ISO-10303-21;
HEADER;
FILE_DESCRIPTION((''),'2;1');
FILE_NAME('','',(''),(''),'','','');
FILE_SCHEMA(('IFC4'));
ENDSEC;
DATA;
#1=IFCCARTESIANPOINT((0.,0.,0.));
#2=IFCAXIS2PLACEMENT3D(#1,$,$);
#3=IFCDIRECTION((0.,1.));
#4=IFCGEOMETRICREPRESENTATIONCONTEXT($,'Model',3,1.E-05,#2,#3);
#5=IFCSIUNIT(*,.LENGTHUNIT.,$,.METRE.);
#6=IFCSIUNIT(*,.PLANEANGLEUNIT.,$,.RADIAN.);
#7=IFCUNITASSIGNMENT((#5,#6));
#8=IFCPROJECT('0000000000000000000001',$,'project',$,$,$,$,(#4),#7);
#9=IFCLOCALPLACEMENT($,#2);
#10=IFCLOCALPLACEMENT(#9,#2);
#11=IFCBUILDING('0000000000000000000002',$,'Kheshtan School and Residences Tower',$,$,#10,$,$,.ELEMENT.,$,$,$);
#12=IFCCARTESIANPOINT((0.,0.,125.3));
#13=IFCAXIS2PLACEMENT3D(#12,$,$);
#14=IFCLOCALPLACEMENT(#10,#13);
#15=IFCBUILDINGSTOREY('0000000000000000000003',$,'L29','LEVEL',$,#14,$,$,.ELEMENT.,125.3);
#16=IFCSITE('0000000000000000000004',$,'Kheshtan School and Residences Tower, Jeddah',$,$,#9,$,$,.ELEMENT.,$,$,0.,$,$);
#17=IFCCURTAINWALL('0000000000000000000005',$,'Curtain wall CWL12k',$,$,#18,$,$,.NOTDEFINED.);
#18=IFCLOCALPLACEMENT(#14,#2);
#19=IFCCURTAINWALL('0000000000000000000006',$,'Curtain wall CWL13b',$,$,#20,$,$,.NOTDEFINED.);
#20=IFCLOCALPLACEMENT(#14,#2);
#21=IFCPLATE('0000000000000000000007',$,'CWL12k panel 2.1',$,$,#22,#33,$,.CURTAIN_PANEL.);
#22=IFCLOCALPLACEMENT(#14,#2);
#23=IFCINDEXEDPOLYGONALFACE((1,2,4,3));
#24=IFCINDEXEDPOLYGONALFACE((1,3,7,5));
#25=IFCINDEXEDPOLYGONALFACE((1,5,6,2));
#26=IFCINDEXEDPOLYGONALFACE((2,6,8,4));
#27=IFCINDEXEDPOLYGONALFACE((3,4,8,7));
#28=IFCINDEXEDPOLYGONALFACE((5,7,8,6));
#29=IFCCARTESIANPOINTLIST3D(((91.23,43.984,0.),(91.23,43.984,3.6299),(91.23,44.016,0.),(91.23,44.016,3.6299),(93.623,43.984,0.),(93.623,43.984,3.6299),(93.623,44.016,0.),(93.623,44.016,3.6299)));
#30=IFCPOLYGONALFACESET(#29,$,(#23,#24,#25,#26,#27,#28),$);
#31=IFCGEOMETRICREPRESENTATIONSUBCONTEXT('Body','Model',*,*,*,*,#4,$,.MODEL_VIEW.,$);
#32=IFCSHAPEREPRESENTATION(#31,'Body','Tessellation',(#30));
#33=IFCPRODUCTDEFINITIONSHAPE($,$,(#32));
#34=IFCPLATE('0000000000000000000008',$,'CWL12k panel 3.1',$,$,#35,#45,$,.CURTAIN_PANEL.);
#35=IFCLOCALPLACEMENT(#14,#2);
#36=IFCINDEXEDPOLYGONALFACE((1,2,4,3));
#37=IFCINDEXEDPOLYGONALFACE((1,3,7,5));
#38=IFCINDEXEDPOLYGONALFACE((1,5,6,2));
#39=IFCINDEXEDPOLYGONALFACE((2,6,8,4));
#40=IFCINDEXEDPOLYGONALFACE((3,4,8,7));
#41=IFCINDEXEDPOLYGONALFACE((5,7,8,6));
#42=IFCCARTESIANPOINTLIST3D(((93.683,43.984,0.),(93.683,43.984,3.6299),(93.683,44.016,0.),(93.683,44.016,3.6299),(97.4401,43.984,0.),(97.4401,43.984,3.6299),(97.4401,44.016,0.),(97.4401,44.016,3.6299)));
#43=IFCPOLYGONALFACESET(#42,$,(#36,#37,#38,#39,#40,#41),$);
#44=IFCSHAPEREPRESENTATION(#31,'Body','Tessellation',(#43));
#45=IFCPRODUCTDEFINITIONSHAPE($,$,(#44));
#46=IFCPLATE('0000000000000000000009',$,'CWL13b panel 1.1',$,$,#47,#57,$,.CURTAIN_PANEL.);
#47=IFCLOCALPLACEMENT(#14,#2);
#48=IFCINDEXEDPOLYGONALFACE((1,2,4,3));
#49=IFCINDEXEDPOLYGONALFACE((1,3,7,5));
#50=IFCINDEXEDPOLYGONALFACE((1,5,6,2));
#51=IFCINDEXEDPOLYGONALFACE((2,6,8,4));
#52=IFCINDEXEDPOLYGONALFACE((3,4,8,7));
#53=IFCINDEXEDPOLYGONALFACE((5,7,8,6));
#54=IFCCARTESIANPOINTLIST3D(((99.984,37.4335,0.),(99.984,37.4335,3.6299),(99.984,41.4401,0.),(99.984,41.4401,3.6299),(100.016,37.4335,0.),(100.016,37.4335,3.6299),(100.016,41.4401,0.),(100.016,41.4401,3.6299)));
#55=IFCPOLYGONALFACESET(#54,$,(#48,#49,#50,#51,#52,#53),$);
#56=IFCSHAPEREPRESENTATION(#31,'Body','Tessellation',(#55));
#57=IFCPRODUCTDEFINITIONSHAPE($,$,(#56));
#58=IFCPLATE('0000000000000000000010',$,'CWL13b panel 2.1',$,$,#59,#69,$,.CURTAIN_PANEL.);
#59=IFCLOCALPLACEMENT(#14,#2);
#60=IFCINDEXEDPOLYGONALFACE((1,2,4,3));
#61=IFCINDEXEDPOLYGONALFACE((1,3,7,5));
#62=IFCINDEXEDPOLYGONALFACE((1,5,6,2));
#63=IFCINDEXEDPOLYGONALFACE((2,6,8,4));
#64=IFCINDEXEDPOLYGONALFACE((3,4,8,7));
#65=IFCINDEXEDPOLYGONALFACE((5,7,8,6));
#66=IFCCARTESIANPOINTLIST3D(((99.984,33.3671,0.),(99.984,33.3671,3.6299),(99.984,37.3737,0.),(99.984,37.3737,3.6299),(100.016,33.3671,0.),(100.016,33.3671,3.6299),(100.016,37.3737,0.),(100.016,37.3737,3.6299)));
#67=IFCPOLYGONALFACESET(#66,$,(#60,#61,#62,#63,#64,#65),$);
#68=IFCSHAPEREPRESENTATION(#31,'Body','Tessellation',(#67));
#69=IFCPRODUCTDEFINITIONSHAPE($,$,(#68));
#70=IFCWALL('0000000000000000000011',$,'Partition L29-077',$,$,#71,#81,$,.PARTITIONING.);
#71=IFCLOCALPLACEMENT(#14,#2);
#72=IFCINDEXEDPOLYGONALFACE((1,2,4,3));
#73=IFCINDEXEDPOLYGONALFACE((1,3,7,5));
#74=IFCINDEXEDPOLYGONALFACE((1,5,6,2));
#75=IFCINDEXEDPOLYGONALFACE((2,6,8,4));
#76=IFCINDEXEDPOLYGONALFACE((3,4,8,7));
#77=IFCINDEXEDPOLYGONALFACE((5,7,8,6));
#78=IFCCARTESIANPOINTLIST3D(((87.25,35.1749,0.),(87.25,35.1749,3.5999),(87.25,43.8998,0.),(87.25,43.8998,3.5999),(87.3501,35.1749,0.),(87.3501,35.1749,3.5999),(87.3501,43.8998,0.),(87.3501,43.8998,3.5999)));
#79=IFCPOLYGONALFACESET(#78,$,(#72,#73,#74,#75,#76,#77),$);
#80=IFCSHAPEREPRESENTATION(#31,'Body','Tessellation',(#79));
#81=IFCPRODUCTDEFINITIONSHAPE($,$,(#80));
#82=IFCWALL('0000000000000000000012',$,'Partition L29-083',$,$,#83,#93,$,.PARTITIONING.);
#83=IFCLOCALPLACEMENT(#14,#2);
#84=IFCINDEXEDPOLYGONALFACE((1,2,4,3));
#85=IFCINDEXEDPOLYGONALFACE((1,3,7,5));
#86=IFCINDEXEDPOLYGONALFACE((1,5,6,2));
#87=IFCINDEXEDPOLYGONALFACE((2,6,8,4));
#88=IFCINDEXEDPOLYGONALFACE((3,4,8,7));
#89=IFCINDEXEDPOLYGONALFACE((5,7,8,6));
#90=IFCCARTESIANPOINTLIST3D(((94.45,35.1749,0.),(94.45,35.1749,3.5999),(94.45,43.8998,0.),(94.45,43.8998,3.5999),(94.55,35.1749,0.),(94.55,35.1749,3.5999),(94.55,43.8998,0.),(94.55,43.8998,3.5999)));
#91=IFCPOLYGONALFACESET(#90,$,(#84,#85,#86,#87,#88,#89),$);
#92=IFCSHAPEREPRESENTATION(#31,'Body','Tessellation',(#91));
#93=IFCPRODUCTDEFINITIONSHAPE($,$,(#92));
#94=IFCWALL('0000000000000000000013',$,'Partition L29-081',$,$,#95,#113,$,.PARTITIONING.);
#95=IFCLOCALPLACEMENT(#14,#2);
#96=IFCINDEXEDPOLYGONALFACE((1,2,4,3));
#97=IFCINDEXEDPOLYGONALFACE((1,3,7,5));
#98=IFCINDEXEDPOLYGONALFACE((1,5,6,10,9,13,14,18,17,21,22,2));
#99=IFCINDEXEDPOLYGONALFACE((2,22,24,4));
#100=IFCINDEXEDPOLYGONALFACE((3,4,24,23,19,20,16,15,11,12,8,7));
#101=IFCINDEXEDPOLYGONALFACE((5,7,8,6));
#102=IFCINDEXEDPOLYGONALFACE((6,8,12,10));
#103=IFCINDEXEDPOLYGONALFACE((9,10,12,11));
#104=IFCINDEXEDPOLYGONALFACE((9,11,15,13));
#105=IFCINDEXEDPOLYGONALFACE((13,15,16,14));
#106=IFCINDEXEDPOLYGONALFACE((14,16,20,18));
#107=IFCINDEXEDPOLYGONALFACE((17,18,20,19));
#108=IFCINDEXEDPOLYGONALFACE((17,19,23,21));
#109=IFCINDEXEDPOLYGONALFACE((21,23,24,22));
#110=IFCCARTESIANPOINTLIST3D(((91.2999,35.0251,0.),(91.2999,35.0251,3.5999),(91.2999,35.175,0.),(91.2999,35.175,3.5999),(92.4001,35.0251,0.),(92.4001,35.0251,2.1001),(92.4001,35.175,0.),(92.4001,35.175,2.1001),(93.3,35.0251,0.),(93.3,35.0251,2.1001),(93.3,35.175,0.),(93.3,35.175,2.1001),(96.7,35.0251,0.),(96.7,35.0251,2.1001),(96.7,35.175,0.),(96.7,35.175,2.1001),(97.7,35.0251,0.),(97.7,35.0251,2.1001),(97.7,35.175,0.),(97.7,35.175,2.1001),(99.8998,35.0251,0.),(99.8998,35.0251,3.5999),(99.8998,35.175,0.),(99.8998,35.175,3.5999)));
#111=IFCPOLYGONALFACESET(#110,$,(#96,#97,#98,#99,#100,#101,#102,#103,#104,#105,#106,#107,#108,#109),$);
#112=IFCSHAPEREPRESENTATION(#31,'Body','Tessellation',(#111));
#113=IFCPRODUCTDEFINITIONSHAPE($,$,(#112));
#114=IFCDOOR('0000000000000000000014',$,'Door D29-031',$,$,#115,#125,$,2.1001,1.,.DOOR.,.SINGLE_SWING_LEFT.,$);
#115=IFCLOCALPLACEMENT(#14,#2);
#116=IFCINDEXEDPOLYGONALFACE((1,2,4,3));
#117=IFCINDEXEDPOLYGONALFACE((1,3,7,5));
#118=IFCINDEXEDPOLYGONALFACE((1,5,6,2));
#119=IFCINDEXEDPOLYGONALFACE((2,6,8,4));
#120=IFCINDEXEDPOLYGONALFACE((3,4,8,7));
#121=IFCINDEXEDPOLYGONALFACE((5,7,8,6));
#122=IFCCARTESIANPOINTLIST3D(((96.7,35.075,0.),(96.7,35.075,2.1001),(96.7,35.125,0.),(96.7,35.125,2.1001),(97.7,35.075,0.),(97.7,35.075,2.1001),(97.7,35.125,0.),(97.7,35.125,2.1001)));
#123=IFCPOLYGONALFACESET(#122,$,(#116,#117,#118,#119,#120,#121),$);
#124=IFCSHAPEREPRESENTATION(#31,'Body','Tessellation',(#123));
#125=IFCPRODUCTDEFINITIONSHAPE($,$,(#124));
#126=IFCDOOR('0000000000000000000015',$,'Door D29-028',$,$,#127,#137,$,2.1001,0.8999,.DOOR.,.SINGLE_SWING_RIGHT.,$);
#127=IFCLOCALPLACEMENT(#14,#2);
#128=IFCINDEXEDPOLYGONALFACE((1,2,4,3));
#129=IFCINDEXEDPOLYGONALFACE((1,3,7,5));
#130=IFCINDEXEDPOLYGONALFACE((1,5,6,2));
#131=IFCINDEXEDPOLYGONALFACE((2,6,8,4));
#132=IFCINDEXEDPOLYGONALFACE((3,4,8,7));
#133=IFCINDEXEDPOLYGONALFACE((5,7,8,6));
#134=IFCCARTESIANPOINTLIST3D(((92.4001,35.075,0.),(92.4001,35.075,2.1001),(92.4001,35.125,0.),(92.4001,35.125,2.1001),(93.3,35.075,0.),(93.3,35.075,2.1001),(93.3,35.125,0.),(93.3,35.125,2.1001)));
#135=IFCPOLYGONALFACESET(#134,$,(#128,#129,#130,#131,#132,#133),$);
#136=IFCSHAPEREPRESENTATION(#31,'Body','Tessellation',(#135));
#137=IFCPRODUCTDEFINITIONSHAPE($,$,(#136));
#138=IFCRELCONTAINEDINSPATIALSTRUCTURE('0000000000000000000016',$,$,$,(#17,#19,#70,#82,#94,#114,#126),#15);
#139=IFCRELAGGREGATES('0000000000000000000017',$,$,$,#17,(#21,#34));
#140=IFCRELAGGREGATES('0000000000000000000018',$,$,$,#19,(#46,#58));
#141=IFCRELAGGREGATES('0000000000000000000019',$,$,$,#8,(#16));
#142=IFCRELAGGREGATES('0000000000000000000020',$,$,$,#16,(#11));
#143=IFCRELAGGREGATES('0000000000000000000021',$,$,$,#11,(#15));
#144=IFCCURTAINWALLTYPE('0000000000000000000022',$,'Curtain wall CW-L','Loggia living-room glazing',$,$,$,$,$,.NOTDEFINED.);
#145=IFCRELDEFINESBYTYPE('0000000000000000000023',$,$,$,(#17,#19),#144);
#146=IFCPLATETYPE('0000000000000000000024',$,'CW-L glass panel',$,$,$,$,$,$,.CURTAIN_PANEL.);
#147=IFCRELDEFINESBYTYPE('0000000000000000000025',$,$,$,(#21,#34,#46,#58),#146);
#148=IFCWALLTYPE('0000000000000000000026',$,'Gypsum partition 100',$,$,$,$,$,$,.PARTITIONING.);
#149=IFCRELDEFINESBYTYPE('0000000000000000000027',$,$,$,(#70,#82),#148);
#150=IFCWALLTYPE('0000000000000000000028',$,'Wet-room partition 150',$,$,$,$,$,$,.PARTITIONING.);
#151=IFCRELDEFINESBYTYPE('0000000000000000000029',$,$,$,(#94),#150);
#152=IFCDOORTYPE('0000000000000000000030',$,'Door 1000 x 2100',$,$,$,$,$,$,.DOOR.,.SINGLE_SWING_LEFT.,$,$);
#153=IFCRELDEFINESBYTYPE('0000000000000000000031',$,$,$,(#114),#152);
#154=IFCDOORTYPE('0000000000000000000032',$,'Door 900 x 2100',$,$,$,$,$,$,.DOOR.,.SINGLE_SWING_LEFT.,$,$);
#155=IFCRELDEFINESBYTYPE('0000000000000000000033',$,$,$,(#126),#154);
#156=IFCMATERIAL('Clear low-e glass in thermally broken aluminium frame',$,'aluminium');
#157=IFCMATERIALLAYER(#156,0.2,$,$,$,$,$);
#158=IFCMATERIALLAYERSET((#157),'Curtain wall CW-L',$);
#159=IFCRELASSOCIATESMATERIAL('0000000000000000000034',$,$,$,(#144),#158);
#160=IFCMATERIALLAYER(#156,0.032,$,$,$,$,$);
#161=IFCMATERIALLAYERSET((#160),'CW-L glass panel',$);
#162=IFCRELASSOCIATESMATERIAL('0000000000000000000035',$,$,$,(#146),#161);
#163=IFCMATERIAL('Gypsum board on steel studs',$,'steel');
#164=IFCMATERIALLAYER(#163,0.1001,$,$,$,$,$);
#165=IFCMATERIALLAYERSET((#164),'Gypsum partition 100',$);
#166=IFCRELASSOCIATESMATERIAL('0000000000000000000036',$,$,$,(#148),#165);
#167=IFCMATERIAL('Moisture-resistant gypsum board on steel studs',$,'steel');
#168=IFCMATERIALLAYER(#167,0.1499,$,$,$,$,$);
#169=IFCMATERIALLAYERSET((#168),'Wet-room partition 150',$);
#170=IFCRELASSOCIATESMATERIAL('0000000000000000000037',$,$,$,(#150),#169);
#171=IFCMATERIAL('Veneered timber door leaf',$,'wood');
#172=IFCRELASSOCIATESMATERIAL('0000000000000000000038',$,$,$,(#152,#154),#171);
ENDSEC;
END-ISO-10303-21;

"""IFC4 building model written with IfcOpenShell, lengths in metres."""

from ifc_helpers import new_model, si_unit, direction, frame, frame_2d, origin, origin_2d, place, context, subcontext, project, spatial, rectangle, extrude, source, transform, mapped, material, layer, layer_set, type_object, element, fill, aggregate, save


model = new_model("IFC4")

# Units and contexts
model_context = context("Model", 3, precision=1e-05, world=origin(), true_north=direction((0.0, 1.0)))
body_context = subcontext(model_context, "Body", "Model", "MODEL_VIEW")
ifc_project = project(units=[si_unit("LENGTHUNIT", "METRE"), si_unit("PLANEANGLEUNIT", "RADIAN")], contexts=[model_context])

# Site, building, storey
site_placement = place(None, origin())
site = spatial("IfcSite", under=ifc_project, at=site_placement, Name="Kheshtan School and Residences Tower, Jeddah", CompositionType="ELEMENT", RefElevation=0.0)
building_placement = place(site_placement, origin())
building = spatial("IfcBuilding", under=site, at=building_placement, Name="Kheshtan School and Residences Tower", CompositionType="ELEMENT")
storey_placement = place(building_placement, frame((0.0, 0.0, 125.3)))
storey = spatial("IfcBuildingStorey", under=building, at=storey_placement, Name="L29", Description="LEVEL", CompositionType="ELEMENT", Elevation=125.3)

# Shared definitions
ifc_material_1 = material(Name="Clear low-e glass in thermally broken aluminium frame", Category="aluminium")
ifc_layer_1 = layer(ifc_material_1, 0.2)
ifc_layer_set_1 = layer_set([ifc_layer_1], Name="Curtain wall CW-L")
curtain_wall_type = type_object("IfcCurtainWallType", Name="Curtain wall CW-L", Description="Loggia living-room glazing", PredefinedType="NOTDEFINED", material=ifc_layer_set_1)

# Curtain walls
curtain_wall_1_placement = place(storey_placement, origin())
curtain_wall_1 = element("IfcCurtainWall", 1, at=curtain_wall_1_placement, inside=storey, type_object=curtain_wall_type, Name="Curtain wall CWL12k", PredefinedType="NOTDEFINED")
curtain_wall_2_placement = place(storey_placement, origin())
curtain_wall_2 = element("IfcCurtainWall", 2, at=curtain_wall_2_placement, inside=storey, type_object=curtain_wall_type, Name="Curtain wall CWL13b", PredefinedType="NOTDEFINED")

# Plates
ifc_layer_2 = layer(ifc_material_1, 0.032)
ifc_layer_set_2 = layer_set([ifc_layer_2], Name="CW-L glass panel")
plate_type = type_object("IfcPlateType", Name="CW-L glass panel", PredefinedType="CURTAIN_PANEL", material=ifc_layer_set_2)
plate_1_placement = place(storey_placement, frame((92.4265, 44.0, 0.0), z_axis=(0.0, 0.0, 1.0), x_axis=(1.0, 0.0, 0.0)))
plate_1 = element("IfcPlate", 3, at=plate_1_placement, type_object=plate_type, Name="CWL12k panel 2.1", PredefinedType="CURTAIN_PANEL", context=body_context, shape_type="SweptSolid", body=[
    extrude(rectangle(XDim=2.3931, YDim=0.032, at=origin_2d()), origin(), (0.0, 0.0, 1.0), 3.6299),
])
plate_2_placement = place(storey_placement, frame((95.5615, 44.0, 0.0), z_axis=(0.0, 0.0, 1.0), x_axis=(1.0, 0.0, 0.0)))
plate_2 = element("IfcPlate", 4, at=plate_2_placement, type_object=plate_type, Name="CWL12k panel 3.1", PredefinedType="CURTAIN_PANEL", context=body_context, shape_type="SweptSolid", body=[
    extrude(rectangle(XDim=3.7571, YDim=0.032, at=origin_2d()), origin(), (0.0, 0.0, 1.0), 3.6299),
])
aggregate(curtain_wall_1, [plate_1, plate_2])
plate_3_placement = place(storey_placement, frame((100.0, 39.4368, 0.0), z_axis=(0.0, 0.0, 1.0), x_axis=(0.0, -1.0, 0.0)))
plate_3 = element("IfcPlate", 5, at=plate_3_placement, type_object=plate_type, Name="CWL13b panel 1.1", PredefinedType="CURTAIN_PANEL", context=body_context, shape_type="SweptSolid", body=[
    extrude(rectangle(XDim=4.0066, YDim=0.032, at=origin_2d()), origin(), (0.0, 0.0, 1.0), 3.6299),
])
plate_4_placement = place(storey_placement, frame((100.0, 35.3704, 0.0), z_axis=(0.0, 0.0, 1.0), x_axis=(0.0, -1.0, 0.0)))
plate_4 = element("IfcPlate", 6, at=plate_4_placement, type_object=plate_type, Name="CWL13b panel 2.1", PredefinedType="CURTAIN_PANEL", context=body_context, shape_type="SweptSolid", body=[
    extrude(rectangle(XDim=4.0066, YDim=0.032, at=origin_2d()), origin(), (0.0, 0.0, 1.0), 3.6299),
])
aggregate(curtain_wall_2, [plate_3, plate_4])

# Walls
ifc_material_2 = material(Name="Gypsum board on steel studs", Category="steel")
ifc_layer_3 = layer(ifc_material_2, 0.1001)
ifc_layer_set_3 = layer_set([ifc_layer_3], Name="Gypsum partition 100")
wall_type_1 = type_object("IfcWallType", Name="Gypsum partition 100", PredefinedType="PARTITIONING", material=ifc_layer_set_3)
for number, where, z_axis, x_axis, name in (
    (7, (87.3, 35.175, 0.0), (0.0, 0.0, 1.0), (0.0, 1.0, 0.0), "Partition L29-077"),
    (8, (94.5, 35.175, 0.0), (0.0, 0.0, 1.0), (0.0, 1.0, 0.0), "Partition L29-083"),
):
    element("IfcWall", number, at=place(storey_placement, frame(where, z_axis=z_axis, x_axis=x_axis)), inside=storey, type_object=wall_type_1, Name=name, PredefinedType="PARTITIONING", context=body_context, shape_type="SweptSolid", body=[
        extrude(rectangle(XDim=8.7249, YDim=0.1001, at=frame_2d((4.3623, 0.0))), origin(), (0.0, 0.0, 1.0), 3.5999),
    ])

# Wall, openings, doors
ifc_material_3 = material(Name="Moisture-resistant gypsum board on steel studs", Category="steel")
ifc_layer_4 = layer(ifc_material_3, 0.1499)
ifc_layer_set_4 = layer_set([ifc_layer_4], Name="Wet-room partition 150")
wall_type_2 = type_object("IfcWallType", Name="Wet-room partition 150", PredefinedType="PARTITIONING", material=ifc_layer_set_4)
wall_1_placement = place(storey_placement, frame((91.3, 35.1001, 0.0), z_axis=(0.0, 0.0, 1.0), x_axis=(1.0, 0.0, 0.0)))
wall_1 = element("IfcWall", 9, at=wall_1_placement, inside=storey, type_object=wall_type_2, Name="Partition L29-081", PredefinedType="PARTITIONING", context=body_context, shape_type="SweptSolid", body=[
    extrude(rectangle(XDim=8.5999, YDim=0.1499, at=frame_2d((4.2998, 0.0))), origin(), (0.0, 0.0, 1.0), 3.5999),
])
opening_1_placement = place(wall_1_placement, frame((1.1001, 0.0, 0.0)))
opening_1 = element("IfcOpeningElement", 10, at=opening_1_placement, cuts=wall_1, PredefinedType="OPENING", context=body_context, shape_type="SweptSolid", body=[
    extrude(rectangle(XDim=0.8999, YDim=2.1001, at=frame_2d((0.45, 1.05))), frame((0.0, 0.085, 0.0), z_axis=(0.0, -1.0, 0.0), x_axis=(1.0, 0.0, 0.0)), (0.0, 0.0, 1.0), 0.1699),
])
opening_2_placement = place(wall_1_placement, frame((5.3999, 0.0, 0.0)))
opening_2 = element("IfcOpeningElement", 11, at=opening_2_placement, cuts=wall_1, PredefinedType="OPENING", context=body_context, shape_type="SweptSolid", body=[
    extrude(rectangle(XDim=1.0, YDim=2.1001, at=frame_2d((0.5, 1.05))), frame((0.0, 0.085, 0.0), z_axis=(0.0, -1.0, 0.0), x_axis=(1.0, 0.0, 0.0)), (0.0, 0.0, 1.0), 0.1699),
])
ifc_material_4 = material(Name="Veneered timber door leaf", Category="wood")
door_type_1 = type_object("IfcDoorType", Name="Door 1000 x 2100", OperationType="SINGLE_SWING_LEFT", PredefinedType="DOOR", material=ifc_material_4)
shared_shape_1 = source(origin(), body_context, "Body", "SweptSolid", [
    extrude(rectangle(XDim=1.0, YDim=2.1001, at=frame_2d((0.5, 1.05))), frame((0.0, 0.0249, 0.0), z_axis=(0.0, -1.0, 0.0), x_axis=(1.0, 0.0, 0.0)), (0.0, 0.0, 1.0), 0.05),
])
door_1_placement = place(opening_2_placement, origin())
door_1 = element("IfcDoor", 12, at=door_1_placement, inside=storey, type_object=door_type_1, Name="Door D29-031", OperationType="SINGLE_SWING_LEFT", OverallHeight=2.1001, OverallWidth=1.0, PredefinedType="DOOR", context=body_context, shape_type="MappedRepresentation", body=[
    mapped(shared_shape_1, transform((0.0, 0.0, 0.0), x_axis=(1.0, 0.0, 0.0), y_axis=(0.0, 1.0, 0.0), z_axis=(0.0, 0.0, 1.0), scale=1.0)),
])
fill(opening_2, door_1)
door_type_2 = type_object("IfcDoorType", Name="Door 900 x 2100", OperationType="SINGLE_SWING_LEFT", PredefinedType="DOOR", material=ifc_material_4)
shared_shape_2 = source(origin(), body_context, "Body", "SweptSolid", [
    extrude(rectangle(XDim=0.8999, YDim=2.1001, at=frame_2d((0.45, 1.05))), frame((0.0, 0.0249, 0.0), z_axis=(0.0, -1.0, 0.0), x_axis=(1.0, 0.0, 0.0)), (0.0, 0.0, 1.0), 0.05),
])
door_2_placement = place(opening_1_placement, origin())
door_2 = element("IfcDoor", 13, at=door_2_placement, inside=storey, type_object=door_type_2, Name="Door D29-028", OperationType="SINGLE_SWING_RIGHT", OverallHeight=2.1001, OverallWidth=0.8999, PredefinedType="DOOR", context=body_context, shape_type="MappedRepresentation", body=[
    mapped(shared_shape_2, transform((0.0, 0.0, 0.0), x_axis=(1.0, 0.0, 0.0), y_axis=(0.0, 1.0, 0.0), z_axis=(0.0, 0.0, 1.0), scale=1.0)),
])
fill(opening_1, door_2)

save(model, "model.ifc")
